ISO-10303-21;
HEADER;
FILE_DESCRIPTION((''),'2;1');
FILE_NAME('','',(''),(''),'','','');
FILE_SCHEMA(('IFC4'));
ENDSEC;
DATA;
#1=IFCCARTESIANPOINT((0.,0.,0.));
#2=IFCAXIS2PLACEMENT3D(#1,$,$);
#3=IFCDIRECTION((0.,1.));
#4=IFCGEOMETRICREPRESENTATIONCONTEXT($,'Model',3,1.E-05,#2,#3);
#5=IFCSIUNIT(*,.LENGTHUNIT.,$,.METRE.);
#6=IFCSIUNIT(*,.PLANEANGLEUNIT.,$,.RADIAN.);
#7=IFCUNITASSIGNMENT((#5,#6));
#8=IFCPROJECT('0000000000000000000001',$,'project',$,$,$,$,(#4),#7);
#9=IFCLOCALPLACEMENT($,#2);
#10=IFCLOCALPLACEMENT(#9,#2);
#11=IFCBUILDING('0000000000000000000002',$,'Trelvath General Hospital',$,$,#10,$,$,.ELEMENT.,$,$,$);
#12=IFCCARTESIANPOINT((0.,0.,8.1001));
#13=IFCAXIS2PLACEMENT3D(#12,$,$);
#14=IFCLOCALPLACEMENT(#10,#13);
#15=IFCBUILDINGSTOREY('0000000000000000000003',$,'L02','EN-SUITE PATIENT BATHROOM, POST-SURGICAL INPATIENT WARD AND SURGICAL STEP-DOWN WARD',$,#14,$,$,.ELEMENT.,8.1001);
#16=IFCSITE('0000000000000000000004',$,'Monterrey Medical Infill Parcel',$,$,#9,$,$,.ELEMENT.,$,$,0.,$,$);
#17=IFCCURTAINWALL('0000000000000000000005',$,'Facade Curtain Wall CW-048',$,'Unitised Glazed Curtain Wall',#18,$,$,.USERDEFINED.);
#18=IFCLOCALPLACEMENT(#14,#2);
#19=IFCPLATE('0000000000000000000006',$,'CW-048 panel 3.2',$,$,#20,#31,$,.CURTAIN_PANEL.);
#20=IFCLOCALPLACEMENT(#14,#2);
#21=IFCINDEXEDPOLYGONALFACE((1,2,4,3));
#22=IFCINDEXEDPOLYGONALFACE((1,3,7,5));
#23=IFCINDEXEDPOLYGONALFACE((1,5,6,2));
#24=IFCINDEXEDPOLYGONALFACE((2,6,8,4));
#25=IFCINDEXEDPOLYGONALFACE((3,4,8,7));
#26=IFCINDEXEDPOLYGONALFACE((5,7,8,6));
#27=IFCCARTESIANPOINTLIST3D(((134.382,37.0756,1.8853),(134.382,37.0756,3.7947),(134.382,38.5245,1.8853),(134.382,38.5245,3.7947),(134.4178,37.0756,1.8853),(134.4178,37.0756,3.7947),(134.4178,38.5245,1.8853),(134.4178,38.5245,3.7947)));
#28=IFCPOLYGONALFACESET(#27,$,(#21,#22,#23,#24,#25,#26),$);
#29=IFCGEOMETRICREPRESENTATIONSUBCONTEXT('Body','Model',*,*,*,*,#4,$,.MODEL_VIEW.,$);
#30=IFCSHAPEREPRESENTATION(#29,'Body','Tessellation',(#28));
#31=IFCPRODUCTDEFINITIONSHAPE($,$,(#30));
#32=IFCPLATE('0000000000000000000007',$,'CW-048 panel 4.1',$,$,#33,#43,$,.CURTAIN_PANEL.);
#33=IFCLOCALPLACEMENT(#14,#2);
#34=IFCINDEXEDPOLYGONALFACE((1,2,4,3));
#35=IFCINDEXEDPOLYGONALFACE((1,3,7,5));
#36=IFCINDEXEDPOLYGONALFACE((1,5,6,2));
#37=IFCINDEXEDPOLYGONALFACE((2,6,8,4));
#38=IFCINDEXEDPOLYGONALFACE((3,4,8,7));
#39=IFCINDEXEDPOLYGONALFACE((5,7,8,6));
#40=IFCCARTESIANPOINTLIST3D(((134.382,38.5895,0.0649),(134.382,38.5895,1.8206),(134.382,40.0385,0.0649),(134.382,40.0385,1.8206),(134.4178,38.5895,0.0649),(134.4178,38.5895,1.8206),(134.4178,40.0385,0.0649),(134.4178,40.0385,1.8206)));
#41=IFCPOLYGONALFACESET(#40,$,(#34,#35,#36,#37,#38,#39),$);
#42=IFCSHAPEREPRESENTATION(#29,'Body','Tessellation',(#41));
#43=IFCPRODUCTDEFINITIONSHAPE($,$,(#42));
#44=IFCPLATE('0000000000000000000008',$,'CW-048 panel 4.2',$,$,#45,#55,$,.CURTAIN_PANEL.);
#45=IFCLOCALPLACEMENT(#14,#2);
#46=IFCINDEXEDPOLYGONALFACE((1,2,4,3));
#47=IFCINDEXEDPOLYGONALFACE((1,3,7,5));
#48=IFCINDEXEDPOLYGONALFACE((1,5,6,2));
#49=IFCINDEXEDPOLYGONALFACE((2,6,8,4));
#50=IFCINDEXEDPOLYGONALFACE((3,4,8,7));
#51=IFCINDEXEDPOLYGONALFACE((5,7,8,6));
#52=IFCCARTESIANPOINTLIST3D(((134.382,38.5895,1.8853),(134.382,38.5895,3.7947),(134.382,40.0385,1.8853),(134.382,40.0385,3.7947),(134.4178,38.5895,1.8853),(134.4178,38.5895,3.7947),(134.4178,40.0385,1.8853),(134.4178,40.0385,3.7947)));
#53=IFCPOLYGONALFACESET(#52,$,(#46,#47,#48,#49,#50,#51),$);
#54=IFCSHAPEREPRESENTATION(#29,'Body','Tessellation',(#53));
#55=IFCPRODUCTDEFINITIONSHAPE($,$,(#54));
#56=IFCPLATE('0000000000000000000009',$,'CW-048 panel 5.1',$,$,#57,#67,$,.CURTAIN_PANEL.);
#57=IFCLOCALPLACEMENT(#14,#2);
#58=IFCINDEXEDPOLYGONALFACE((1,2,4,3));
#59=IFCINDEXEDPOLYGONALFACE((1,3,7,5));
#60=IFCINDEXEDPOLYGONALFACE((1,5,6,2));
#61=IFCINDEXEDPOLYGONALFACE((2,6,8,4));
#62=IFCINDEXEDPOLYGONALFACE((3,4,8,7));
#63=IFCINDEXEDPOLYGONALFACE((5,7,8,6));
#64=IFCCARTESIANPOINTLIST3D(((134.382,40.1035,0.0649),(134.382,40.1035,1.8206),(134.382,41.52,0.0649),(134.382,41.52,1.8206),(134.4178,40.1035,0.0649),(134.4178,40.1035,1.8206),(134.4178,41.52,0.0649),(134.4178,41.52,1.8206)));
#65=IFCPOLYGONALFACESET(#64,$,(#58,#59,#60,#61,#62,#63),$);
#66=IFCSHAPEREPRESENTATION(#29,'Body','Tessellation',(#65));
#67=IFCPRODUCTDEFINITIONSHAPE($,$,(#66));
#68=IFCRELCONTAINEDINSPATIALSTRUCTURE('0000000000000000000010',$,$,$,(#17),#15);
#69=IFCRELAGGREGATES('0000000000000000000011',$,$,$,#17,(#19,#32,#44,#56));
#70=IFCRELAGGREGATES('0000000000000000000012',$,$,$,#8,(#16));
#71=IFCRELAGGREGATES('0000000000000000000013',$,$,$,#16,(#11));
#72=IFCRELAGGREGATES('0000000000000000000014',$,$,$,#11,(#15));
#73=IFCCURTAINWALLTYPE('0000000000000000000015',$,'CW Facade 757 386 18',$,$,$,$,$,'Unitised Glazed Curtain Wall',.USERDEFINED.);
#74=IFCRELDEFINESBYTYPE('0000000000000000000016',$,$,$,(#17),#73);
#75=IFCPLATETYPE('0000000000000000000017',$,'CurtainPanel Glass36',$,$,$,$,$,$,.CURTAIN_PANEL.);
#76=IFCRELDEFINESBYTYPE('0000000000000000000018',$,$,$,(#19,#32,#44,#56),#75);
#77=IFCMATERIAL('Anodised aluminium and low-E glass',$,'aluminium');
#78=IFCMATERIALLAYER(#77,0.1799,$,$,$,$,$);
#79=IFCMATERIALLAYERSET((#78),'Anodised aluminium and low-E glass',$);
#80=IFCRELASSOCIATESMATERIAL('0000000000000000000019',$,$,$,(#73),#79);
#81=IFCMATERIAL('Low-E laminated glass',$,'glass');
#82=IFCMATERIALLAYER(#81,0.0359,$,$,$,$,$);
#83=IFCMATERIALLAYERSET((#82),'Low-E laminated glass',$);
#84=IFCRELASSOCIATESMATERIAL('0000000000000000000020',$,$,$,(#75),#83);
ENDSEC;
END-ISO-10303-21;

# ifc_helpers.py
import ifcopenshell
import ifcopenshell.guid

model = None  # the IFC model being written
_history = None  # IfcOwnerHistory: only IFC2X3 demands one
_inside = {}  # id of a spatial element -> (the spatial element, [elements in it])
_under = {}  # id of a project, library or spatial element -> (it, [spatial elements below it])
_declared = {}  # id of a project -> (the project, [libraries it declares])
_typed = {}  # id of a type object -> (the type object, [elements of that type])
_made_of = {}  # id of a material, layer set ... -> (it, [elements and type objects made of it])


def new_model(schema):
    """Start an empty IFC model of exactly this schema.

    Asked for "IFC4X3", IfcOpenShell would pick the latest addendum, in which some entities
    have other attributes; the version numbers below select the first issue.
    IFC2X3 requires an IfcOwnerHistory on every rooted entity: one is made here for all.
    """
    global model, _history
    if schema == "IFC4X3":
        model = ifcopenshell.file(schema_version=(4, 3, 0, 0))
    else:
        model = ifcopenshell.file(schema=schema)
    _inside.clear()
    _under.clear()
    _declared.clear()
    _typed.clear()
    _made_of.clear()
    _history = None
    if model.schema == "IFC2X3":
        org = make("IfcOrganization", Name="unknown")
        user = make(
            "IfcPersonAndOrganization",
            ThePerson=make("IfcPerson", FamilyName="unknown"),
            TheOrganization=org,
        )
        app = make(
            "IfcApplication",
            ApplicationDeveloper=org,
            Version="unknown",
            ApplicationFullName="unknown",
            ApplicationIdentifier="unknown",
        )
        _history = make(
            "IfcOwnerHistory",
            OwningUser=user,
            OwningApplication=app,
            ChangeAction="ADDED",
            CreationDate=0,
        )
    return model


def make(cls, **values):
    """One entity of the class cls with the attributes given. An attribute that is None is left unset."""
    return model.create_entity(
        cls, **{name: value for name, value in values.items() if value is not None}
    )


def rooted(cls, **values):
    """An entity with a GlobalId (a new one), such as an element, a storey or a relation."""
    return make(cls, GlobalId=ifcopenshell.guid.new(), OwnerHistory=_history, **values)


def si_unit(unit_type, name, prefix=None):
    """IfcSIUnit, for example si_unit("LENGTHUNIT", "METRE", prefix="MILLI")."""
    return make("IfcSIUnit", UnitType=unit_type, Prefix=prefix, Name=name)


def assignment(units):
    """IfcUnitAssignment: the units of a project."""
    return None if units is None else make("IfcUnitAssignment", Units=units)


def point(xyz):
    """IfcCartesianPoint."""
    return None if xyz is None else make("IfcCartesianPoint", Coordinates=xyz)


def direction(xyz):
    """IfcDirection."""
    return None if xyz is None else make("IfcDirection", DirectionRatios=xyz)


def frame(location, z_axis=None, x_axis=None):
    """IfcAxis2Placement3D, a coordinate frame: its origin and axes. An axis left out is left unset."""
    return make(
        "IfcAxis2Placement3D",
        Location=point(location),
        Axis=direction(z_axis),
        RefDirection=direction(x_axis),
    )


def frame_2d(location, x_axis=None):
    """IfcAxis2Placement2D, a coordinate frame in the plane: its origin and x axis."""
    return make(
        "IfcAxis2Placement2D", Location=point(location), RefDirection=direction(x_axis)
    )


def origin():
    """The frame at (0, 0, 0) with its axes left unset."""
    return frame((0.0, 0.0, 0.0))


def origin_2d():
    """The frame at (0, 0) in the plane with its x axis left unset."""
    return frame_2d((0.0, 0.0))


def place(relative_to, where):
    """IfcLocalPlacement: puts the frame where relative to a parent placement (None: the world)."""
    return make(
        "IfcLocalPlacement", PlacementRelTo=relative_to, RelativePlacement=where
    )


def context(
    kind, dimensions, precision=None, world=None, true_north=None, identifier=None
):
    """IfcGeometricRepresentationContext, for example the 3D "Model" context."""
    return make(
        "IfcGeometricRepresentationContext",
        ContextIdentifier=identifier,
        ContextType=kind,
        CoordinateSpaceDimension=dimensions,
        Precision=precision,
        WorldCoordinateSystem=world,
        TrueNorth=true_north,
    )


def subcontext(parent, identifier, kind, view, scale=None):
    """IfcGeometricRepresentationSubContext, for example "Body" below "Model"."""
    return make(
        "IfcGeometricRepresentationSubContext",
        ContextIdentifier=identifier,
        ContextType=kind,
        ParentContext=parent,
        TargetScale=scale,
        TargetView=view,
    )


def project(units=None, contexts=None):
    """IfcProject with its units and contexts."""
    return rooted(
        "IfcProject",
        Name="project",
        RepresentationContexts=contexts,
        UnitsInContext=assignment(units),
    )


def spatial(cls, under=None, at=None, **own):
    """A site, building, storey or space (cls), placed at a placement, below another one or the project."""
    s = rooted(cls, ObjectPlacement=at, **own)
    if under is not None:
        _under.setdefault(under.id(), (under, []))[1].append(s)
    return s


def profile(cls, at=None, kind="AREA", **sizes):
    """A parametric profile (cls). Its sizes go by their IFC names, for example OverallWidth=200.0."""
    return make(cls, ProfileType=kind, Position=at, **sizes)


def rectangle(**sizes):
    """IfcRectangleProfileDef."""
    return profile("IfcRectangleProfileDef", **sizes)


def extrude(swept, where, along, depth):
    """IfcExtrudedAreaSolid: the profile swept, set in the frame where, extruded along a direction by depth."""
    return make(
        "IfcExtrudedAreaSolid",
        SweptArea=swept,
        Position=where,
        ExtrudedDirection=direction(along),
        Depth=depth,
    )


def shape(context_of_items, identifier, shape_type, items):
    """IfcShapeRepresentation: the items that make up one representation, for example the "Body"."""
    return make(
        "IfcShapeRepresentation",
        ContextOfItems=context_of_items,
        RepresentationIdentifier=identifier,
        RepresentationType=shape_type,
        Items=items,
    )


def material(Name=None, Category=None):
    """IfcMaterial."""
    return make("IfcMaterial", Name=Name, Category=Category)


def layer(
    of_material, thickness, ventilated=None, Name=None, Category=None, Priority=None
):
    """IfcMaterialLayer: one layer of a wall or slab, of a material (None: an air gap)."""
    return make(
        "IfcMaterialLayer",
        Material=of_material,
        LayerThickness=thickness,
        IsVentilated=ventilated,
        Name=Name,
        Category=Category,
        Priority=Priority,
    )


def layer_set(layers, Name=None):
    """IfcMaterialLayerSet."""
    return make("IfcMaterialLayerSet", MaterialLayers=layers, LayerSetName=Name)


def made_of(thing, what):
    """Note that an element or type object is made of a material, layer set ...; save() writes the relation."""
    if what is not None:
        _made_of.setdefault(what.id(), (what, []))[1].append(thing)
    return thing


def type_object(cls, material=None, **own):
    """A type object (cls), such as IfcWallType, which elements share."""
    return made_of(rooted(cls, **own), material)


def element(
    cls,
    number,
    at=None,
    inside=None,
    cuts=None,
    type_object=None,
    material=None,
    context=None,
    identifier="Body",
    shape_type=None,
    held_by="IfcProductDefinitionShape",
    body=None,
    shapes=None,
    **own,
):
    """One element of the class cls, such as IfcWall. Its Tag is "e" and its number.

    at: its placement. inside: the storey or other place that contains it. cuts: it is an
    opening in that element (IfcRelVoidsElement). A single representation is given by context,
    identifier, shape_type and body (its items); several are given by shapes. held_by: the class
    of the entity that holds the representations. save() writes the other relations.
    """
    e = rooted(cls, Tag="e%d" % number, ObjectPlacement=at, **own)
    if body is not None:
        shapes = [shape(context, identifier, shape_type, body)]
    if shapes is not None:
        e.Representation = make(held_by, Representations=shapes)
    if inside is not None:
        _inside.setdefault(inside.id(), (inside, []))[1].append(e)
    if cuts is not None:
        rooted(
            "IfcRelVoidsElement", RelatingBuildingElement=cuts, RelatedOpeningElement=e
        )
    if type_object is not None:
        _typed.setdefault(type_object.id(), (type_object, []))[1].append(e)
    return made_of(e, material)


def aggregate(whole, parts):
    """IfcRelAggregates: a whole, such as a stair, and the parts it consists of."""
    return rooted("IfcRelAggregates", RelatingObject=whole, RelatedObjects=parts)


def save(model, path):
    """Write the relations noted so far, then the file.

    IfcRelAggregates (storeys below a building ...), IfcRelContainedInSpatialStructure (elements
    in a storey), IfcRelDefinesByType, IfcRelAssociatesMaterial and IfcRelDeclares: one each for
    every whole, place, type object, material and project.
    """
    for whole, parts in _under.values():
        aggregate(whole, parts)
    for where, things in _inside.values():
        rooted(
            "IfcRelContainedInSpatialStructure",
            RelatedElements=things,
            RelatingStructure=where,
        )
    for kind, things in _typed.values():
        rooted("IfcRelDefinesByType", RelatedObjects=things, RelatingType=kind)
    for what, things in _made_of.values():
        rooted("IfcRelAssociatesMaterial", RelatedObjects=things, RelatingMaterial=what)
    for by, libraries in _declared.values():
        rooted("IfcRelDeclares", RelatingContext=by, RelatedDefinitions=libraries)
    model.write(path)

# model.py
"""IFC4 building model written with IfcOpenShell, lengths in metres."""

from ifc_helpers import new_model, si_unit, direction, frame, origin, origin_2d, place, context, subcontext, project, spatial, rectangle, extrude, material, layer, layer_set, type_object, element, aggregate, save


model = new_model("IFC4")

# Units and contexts
model_context = context("Model", 3, precision=1e-05, world=origin(), true_north=direction((0.0, 1.0)))
body_context = subcontext(model_context, "Body", "Model", "MODEL_VIEW")
ifc_project = project(units=[si_unit("LENGTHUNIT", "METRE"), si_unit("PLANEANGLEUNIT", "RADIAN")], contexts=[model_context])

# Site, building, storey
site_placement = place(None, origin())
site = spatial("IfcSite", under=ifc_project, at=site_placement, Name="Monterrey Medical Infill Parcel", CompositionType="ELEMENT", RefElevation=0.0)
building_placement = place(site_placement, origin())
building = spatial("IfcBuilding", under=site, at=building_placement, Name="Trelvath General Hospital", CompositionType="ELEMENT")
storey_placement = place(building_placement, frame((0.0, 0.0, 8.1001)))
storey = spatial("IfcBuildingStorey", under=building, at=storey_placement, Name="L02", Description="EN-SUITE PATIENT BATHROOM, POST-SURGICAL INPATIENT WARD AND SURGICAL STEP-DOWN WARD", CompositionType="ELEMENT", Elevation=8.1001)

# Curtain wall, plates
ifc_material_1 = material(Name="Anodised aluminium and low-E glass", Category="aluminium")
ifc_layer_1 = layer(ifc_material_1, 0.1799)
ifc_layer_set_1 = layer_set([ifc_layer_1], Name="Anodised aluminium and low-E glass")
curtain_wall_type = type_object("IfcCurtainWallType", Name="CW Facade 757 386 18", ElementType="Unitised Glazed Curtain Wall", PredefinedType="USERDEFINED", material=ifc_layer_set_1)
curtain_wall_placement = place(storey_placement, origin())
curtain_wall = element("IfcCurtainWall", 1, at=curtain_wall_placement, inside=storey, type_object=curtain_wall_type, Name="Facade Curtain Wall CW-048", ObjectType="Unitised Glazed Curtain Wall", PredefinedType="USERDEFINED")
ifc_material_2 = material(Name="Low-E laminated glass", Category="glass")
ifc_layer_2 = layer(ifc_material_2, 0.0359)
ifc_layer_set_2 = layer_set([ifc_layer_2], Name="Low-E laminated glass")
plate_type = type_object("IfcPlateType", Name="CurtainPanel Glass36", PredefinedType="CURTAIN_PANEL", material=ifc_layer_set_2)
plate_1_placement = place(storey_placement, frame((134.3999, 37.8, 1.8853), z_axis=(0.0, 0.0, 1.0), x_axis=(0.0, 1.0, 0.0)))
plate_1 = element("IfcPlate", 2, at=plate_1_placement, type_object=plate_type, Name="CW-048 panel 3.2", PredefinedType="CURTAIN_PANEL", context=body_context, shape_type="SweptSolid", body=[
    extrude(rectangle(XDim=1.449, YDim=0.0359, at=origin_2d()), origin(), (0.0, 0.0, 1.0), 1.9094),
])
plate_2_placement = place(storey_placement, frame((134.3999, 39.314, 0.0649), z_axis=(0.0, 0.0, 1.0), x_axis=(0.0, 1.0, 0.0)))
plate_2 = element("IfcPlate", 3, at=plate_2_placement, type_object=plate_type, Name="CW-048 panel 4.1", PredefinedType="CURTAIN_PANEL", context=body_context, shape_type="SweptSolid", body=[
    extrude(rectangle(XDim=1.449, YDim=0.0359, at=origin_2d()), origin(), (0.0, 0.0, 1.0), 1.7556),
])
plate_3_placement = place(storey_placement, frame((134.3999, 39.314, 1.8853), z_axis=(0.0, 0.0, 1.0), x_axis=(0.0, 1.0, 0.0)))
plate_3 = element("IfcPlate", 4, at=plate_3_placement, type_object=plate_type, Name="CW-048 panel 4.2", PredefinedType="CURTAIN_PANEL", context=body_context, shape_type="SweptSolid", body=[
    extrude(rectangle(XDim=1.449, YDim=0.0359, at=origin_2d()), origin(), (0.0, 0.0, 1.0), 1.9094),
])
plate_4_placement = place(storey_placement, frame((134.3999, 40.8118, 0.0649), z_axis=(0.0, 0.0, 1.0), x_axis=(0.0, 1.0, 0.0)))
plate_4 = element("IfcPlate", 5, at=plate_4_placement, type_object=plate_type, Name="CW-048 panel 5.1", PredefinedType="CURTAIN_PANEL", context=body_context, shape_type="SweptSolid", body=[
    extrude(rectangle(XDim=1.4165, YDim=0.0359, at=origin_2d()), origin(), (0.0, 0.0, 1.0), 1.7556),
])
aggregate(curtain_wall, [plate_1, plate_2, plate_3, plate_4])

save(model, "model.ifc")
